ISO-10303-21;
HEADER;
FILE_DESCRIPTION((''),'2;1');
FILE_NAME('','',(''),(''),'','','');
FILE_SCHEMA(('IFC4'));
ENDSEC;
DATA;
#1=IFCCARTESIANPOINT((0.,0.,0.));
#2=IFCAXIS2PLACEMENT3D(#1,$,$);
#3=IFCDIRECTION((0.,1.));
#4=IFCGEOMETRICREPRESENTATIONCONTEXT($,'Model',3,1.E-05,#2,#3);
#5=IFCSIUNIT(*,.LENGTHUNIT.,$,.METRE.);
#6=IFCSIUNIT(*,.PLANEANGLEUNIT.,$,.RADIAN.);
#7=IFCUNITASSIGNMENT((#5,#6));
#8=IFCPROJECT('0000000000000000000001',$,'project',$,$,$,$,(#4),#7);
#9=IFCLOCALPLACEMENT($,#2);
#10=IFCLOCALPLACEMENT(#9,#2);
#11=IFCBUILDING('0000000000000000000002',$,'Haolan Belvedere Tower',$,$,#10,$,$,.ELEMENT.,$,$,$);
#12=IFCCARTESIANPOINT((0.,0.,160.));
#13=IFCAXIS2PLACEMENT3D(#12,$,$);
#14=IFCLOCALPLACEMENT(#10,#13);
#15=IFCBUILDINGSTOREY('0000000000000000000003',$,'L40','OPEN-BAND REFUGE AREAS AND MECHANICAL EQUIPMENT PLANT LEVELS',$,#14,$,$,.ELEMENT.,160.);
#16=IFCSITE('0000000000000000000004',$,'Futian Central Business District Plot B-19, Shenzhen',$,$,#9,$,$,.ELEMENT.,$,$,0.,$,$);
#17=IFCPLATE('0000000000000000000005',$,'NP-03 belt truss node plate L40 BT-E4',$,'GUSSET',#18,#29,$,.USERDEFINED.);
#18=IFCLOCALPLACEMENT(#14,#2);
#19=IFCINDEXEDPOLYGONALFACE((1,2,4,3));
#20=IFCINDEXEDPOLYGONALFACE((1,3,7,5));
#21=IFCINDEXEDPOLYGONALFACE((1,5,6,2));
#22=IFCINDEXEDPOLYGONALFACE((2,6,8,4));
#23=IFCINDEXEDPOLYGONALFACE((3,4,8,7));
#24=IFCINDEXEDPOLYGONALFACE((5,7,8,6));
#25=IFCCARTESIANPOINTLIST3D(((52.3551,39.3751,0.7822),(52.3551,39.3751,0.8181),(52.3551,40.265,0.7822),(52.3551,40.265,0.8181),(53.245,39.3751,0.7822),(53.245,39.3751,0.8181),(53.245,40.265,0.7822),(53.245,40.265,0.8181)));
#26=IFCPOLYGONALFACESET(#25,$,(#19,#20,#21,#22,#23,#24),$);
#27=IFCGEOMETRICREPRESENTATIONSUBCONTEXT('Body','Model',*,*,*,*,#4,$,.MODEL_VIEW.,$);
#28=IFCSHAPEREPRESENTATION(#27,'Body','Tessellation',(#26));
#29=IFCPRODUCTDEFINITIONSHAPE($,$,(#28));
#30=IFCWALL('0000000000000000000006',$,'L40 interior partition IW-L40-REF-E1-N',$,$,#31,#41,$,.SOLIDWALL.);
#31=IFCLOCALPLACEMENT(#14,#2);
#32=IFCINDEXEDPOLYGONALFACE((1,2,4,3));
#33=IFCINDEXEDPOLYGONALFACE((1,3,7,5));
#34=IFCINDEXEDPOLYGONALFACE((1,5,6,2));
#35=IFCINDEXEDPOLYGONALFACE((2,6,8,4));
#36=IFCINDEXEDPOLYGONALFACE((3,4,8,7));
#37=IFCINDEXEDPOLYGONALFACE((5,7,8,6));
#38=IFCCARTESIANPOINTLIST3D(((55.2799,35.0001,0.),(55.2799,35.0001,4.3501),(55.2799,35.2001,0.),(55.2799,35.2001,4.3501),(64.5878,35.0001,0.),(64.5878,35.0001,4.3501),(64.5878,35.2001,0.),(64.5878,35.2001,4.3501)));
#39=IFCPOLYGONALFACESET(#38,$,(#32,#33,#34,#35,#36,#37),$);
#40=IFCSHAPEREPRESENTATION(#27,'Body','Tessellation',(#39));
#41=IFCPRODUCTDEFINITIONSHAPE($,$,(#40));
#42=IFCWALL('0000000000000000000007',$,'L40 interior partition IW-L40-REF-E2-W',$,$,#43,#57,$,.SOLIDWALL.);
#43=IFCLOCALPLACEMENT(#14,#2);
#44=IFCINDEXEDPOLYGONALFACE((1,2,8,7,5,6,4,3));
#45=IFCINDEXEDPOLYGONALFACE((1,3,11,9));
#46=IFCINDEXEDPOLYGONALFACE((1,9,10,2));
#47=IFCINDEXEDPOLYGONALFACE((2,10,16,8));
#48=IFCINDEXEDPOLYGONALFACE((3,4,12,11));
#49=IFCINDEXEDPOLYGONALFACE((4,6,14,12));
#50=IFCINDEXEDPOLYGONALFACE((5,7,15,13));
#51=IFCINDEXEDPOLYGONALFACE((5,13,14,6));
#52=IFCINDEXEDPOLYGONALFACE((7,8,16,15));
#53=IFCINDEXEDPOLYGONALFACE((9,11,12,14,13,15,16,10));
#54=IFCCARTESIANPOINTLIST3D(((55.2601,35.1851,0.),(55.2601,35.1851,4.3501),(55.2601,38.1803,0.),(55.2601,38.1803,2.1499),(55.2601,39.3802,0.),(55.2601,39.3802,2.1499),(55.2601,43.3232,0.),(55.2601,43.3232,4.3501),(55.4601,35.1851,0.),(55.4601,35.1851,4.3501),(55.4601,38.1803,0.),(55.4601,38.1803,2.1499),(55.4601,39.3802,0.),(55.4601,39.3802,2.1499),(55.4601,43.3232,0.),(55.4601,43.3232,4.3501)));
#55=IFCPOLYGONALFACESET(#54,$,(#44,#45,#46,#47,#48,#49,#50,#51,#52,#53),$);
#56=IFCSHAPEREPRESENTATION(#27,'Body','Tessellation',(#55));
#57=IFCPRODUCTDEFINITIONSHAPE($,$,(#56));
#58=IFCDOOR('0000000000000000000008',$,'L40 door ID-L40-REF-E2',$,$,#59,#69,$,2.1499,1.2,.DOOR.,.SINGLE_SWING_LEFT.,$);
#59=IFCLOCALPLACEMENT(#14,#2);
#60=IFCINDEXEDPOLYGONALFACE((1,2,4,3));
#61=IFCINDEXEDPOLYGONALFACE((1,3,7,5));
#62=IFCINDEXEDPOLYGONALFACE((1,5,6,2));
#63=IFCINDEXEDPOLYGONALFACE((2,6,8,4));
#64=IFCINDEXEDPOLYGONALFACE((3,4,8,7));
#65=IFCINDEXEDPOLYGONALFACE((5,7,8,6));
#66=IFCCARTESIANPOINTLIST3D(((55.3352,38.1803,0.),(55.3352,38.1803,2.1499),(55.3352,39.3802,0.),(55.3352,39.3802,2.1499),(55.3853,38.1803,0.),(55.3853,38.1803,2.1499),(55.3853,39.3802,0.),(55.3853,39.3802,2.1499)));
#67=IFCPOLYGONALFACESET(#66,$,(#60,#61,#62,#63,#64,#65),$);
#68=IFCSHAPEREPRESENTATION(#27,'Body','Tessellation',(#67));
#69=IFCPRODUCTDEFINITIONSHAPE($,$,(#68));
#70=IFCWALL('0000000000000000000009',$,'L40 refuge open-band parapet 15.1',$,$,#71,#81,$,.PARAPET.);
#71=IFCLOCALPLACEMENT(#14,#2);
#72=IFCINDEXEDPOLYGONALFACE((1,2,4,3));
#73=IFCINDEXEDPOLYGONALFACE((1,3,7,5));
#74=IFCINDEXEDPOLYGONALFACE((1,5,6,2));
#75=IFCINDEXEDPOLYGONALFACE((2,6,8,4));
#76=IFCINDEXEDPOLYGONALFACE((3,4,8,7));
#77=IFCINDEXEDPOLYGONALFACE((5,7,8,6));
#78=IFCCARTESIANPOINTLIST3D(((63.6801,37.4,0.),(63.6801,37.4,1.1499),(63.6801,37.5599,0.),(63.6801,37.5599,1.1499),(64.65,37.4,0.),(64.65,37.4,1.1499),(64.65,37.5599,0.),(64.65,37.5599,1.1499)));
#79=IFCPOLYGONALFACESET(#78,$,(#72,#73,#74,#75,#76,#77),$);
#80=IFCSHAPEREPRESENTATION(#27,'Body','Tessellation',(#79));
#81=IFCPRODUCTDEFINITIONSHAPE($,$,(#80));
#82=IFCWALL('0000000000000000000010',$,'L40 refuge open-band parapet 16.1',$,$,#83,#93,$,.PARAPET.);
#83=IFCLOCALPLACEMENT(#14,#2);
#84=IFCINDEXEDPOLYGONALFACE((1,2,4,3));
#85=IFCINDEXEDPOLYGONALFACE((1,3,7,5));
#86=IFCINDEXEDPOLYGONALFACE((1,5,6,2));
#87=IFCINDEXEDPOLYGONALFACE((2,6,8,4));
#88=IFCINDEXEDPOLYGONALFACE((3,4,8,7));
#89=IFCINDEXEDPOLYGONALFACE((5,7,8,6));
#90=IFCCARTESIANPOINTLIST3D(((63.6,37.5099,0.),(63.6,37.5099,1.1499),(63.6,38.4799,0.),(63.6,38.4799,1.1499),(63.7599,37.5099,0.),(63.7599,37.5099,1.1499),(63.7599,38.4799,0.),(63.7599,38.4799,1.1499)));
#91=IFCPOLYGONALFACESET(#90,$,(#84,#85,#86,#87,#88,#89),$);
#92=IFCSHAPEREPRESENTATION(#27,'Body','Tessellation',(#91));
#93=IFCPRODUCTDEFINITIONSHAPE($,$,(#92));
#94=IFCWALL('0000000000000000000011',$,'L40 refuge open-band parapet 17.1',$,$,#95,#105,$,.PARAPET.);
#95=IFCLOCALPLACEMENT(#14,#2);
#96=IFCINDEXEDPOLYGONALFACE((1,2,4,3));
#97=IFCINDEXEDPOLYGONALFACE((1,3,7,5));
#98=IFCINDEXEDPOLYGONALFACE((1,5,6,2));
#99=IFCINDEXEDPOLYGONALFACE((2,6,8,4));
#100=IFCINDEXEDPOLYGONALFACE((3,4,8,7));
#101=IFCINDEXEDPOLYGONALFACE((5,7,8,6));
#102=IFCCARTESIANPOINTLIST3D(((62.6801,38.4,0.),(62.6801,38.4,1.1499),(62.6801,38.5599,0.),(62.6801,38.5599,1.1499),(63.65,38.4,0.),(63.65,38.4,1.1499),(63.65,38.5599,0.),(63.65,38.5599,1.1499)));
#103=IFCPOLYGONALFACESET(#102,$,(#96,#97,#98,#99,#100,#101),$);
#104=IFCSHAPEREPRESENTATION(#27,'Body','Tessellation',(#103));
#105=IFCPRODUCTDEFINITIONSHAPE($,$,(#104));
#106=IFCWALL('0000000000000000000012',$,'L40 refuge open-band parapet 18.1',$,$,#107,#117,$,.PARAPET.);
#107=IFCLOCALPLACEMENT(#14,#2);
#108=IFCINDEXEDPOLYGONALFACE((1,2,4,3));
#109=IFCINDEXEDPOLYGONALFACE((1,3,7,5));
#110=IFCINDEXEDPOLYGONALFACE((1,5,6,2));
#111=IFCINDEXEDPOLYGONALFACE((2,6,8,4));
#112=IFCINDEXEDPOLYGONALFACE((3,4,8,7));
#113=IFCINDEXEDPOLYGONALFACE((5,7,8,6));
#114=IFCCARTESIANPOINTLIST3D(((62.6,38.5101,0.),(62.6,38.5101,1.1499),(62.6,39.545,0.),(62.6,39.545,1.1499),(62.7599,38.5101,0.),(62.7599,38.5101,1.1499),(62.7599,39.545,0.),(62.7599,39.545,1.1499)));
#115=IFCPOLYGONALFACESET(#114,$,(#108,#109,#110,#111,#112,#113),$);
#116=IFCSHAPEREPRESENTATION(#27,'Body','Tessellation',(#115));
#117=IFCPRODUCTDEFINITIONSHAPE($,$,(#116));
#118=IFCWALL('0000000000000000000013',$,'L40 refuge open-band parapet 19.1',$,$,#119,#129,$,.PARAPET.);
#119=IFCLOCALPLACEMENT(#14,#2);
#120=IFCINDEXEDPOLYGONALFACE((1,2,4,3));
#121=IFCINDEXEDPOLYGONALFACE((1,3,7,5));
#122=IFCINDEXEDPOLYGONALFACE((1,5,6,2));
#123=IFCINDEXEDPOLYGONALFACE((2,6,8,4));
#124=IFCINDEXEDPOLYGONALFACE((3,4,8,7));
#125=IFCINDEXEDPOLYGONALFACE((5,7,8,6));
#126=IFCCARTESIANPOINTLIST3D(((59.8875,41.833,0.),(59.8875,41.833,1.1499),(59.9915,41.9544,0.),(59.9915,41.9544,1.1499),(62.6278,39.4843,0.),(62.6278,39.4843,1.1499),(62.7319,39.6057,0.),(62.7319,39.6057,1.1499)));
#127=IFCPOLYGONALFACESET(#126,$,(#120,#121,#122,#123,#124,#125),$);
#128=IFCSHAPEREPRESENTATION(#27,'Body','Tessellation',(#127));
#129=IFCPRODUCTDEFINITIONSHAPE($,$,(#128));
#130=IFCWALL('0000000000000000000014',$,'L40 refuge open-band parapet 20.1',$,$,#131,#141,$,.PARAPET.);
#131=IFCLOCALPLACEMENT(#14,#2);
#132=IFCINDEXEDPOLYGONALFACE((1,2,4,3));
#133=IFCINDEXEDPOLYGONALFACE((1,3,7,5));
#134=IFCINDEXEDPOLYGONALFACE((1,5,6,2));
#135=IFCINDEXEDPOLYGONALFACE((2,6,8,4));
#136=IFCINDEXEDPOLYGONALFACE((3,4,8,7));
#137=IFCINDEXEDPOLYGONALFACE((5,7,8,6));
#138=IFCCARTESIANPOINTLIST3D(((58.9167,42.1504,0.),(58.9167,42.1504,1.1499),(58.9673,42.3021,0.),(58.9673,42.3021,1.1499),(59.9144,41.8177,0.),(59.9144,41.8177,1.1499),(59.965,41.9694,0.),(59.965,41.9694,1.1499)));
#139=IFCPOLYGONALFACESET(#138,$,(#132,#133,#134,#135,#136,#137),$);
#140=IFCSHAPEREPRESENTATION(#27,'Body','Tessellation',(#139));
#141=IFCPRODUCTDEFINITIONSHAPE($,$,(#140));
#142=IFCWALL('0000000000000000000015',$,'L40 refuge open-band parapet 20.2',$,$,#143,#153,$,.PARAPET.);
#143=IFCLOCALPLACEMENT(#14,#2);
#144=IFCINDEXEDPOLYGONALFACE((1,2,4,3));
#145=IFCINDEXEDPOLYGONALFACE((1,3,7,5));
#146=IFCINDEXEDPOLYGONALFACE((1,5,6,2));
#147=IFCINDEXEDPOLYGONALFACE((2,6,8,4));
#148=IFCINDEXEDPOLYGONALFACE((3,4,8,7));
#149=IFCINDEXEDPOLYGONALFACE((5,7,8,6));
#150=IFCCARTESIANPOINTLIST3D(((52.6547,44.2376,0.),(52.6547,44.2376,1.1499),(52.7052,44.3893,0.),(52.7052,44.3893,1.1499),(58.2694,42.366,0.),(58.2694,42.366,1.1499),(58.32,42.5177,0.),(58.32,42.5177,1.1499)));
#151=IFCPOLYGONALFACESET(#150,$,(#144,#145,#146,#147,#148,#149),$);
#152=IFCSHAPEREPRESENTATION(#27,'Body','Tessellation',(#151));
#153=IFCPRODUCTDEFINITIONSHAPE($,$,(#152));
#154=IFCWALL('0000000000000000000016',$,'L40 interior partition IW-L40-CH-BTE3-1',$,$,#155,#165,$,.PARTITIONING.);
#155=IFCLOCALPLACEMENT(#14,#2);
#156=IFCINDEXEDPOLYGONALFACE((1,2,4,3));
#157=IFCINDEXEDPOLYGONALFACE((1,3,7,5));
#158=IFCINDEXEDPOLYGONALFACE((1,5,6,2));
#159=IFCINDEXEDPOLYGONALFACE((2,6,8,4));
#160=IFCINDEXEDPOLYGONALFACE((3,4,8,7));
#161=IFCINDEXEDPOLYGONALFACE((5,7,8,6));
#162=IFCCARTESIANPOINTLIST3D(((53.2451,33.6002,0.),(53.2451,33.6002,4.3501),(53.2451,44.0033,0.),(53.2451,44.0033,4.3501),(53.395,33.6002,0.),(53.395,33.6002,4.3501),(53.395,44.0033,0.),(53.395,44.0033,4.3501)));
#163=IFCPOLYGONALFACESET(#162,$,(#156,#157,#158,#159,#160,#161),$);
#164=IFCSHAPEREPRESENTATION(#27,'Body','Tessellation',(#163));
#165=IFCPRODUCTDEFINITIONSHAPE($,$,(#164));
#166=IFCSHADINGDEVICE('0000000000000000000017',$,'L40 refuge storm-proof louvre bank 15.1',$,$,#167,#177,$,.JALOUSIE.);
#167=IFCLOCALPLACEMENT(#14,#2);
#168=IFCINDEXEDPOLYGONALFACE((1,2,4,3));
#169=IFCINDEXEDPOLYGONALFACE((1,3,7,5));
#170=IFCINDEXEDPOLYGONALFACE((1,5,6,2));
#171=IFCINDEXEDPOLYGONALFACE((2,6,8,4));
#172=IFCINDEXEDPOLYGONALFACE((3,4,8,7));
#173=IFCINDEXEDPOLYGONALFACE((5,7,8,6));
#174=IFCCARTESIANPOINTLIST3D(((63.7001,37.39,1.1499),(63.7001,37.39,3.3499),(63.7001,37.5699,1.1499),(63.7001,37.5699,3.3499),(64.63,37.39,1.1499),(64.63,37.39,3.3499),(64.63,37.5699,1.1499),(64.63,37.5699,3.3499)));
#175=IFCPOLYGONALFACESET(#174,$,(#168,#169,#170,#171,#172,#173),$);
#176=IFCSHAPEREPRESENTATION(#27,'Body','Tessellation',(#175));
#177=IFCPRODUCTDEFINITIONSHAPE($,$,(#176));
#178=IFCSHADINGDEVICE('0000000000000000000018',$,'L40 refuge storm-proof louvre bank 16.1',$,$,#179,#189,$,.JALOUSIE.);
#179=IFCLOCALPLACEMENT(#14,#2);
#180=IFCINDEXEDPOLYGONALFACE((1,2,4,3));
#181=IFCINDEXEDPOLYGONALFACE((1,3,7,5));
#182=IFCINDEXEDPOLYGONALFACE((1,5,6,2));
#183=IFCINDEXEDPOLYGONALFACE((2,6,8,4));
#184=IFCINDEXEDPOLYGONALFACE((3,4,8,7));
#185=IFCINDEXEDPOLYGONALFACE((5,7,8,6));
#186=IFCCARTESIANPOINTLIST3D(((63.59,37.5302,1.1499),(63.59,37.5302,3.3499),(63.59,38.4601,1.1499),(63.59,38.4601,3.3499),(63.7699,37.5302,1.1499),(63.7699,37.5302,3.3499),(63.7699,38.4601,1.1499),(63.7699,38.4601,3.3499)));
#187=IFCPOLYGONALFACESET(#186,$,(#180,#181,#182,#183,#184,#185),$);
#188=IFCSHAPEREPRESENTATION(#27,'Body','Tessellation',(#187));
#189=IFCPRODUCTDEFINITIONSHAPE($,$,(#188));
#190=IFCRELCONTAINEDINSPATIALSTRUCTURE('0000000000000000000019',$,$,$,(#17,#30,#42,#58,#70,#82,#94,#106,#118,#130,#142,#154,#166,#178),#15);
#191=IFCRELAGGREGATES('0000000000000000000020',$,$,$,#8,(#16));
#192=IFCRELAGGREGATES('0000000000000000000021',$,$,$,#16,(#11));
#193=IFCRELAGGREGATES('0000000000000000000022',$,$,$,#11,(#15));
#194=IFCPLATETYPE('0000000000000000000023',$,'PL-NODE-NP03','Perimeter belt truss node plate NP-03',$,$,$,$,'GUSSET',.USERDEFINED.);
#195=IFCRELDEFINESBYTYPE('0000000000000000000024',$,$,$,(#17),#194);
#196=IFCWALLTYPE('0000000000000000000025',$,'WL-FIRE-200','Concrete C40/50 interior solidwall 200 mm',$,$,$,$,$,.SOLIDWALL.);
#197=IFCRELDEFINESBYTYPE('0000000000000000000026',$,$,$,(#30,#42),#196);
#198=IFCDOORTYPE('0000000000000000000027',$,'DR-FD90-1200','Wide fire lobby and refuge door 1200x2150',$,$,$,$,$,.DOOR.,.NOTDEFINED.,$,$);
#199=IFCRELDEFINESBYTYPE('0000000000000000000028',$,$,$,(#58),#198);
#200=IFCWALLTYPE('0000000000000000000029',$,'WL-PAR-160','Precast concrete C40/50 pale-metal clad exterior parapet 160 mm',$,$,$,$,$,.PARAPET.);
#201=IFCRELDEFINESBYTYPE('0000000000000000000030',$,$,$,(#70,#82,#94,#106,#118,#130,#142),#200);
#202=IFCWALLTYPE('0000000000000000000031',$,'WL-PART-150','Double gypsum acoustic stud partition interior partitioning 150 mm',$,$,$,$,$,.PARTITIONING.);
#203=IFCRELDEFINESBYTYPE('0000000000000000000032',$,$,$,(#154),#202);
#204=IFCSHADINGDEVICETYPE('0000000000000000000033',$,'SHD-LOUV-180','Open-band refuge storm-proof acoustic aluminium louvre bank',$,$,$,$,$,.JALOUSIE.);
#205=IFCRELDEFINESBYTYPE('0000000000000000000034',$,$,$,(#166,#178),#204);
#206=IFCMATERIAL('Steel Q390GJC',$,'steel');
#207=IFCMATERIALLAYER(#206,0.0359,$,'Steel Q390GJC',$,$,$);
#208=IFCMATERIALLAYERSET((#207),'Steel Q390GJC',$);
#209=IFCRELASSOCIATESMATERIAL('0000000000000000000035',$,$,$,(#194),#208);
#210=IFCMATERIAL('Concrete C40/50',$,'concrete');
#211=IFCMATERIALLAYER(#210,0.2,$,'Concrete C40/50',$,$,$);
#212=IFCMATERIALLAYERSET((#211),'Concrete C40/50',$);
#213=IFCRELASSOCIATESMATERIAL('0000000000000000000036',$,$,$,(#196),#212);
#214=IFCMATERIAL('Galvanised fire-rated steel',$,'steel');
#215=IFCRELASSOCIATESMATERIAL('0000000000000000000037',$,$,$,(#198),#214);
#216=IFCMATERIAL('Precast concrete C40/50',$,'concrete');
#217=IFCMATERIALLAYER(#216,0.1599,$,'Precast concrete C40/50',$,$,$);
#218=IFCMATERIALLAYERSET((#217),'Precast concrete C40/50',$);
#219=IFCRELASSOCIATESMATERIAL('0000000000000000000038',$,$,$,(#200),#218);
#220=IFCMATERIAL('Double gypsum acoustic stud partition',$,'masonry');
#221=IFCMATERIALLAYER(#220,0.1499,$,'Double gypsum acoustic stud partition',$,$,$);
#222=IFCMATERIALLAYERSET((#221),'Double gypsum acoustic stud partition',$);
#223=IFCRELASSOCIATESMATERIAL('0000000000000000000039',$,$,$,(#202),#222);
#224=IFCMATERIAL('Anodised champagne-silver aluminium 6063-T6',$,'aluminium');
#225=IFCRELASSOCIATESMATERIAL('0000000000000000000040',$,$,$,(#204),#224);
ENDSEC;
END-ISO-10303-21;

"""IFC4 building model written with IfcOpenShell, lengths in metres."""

from ifc_helpers import new_model, si_unit, direction, frame, frame_2d, origin, origin_2d, place, context, subcontext, project, spatial, rectangle, extrude, material, layer, layer_set, type_object, element, fill, save


model = new_model("IFC4")

# Units and contexts
model_context = context("Model", 3, precision=1e-05, world=origin(), true_north=direction((0.0, 1.0)))
body_context = subcontext(model_context, "Body", "Model", "MODEL_VIEW")
ifc_project = project(units=[si_unit("LENGTHUNIT", "METRE"), si_unit("PLANEANGLEUNIT", "RADIAN")], contexts=[model_context])

# Site, building, storey
site_placement = place(None, origin())
site = spatial("IfcSite", under=ifc_project, at=site_placement, Name="Futian Central Business District Plot B-19, Shenzhen", CompositionType="ELEMENT", RefElevation=0.0)
building_placement = place(site_placement, origin())
building = spatial("IfcBuilding", under=site, at=building_placement, Name="Haolan Belvedere Tower", CompositionType="ELEMENT")
storey_placement = place(building_placement, frame((0.0, 0.0, 160.0)))
storey = spatial("IfcBuildingStorey", under=building, at=storey_placement, Name="L40", Description="OPEN-BAND REFUGE AREAS AND MECHANICAL EQUIPMENT PLANT LEVELS", CompositionType="ELEMENT", Elevation=160.0)

# Shared definitions
ifc_material_1 = material(Name="Steel Q390GJC", Category="steel")

# Plate
ifc_layer_1 = layer(ifc_material_1, 0.0359, Name="Steel Q390GJC")
ifc_layer_set_1 = layer_set([ifc_layer_1], Name="Steel Q390GJC")
plate_type_1 = type_object("IfcPlateType", Name="PL-NODE-NP03", Description="Perimeter belt truss node plate NP-03", ElementType="GUSSET", PredefinedType="USERDEFINED", material=ifc_layer_set_1)
plate_1_placement = place(storey_placement, frame((52.8, 39.8201, 0.7822), z_axis=(0.0, 0.0, 1.0), x_axis=(1.0, 0.0, 0.0)))
element("IfcPlate", 1, at=plate_1_placement, inside=storey, type_object=plate_type_1, Name="NP-03 belt truss node plate L40 BT-E4", ObjectType="GUSSET", PredefinedType="USERDEFINED", context=body_context, shape_type="SweptSolid", body=[
    extrude(rectangle(XDim=0.8899, YDim=0.8899, at=origin_2d()), origin(), (0.0, 0.0, 1.0), 0.0359),
])

# Wall
ifc_material_2 = material(Name="Concrete C40/50", Category="concrete")
ifc_layer_2 = layer(ifc_material_2, 0.2, Name="Concrete C40/50")
ifc_layer_set_2 = layer_set([ifc_layer_2], Name="Concrete C40/50")
wall_type_1 = type_object("IfcWallType", Name="WL-FIRE-200", Description="Concrete C40/50 interior solidwall 200 mm", PredefinedType="SOLIDWALL", material=ifc_layer_set_2)
wall_1_placement = place(storey_placement, frame((55.28, 35.1001, 0.0), z_axis=(0.0, 0.0, 1.0), x_axis=(1.0, 0.0, 0.0)))
element("IfcWall", 2, at=wall_1_placement, inside=storey, type_object=wall_type_1, Name="L40 interior partition IW-L40-REF-E1-N", PredefinedType="SOLIDWALL", context=body_context, shape_type="SweptSolid", body=[
    extrude(rectangle(XDim=9.3079, YDim=0.2, at=frame_2d((4.6538, 0.0))), origin(), (0.0, 0.0, 1.0), 4.3501),
])

# Wall, opening, door
wall_2_placement = place(storey_placement, frame((55.3601, 35.1851, 0.0), z_axis=(0.0, 0.0, 1.0), x_axis=(0.0, 1.0, 0.0)))
wall_2 = element("IfcWall", 3, at=wall_2_placement, inside=storey, type_object=wall_type_1, Name="L40 interior partition IW-L40-REF-E2-W", PredefinedType="SOLIDWALL", context=body_context, shape_type="SweptSolid", body=[
    extrude(rectangle(XDim=8.1382, YDim=0.2, at=frame_2d((4.0691, 0.0))), origin(), (0.0, 0.0, 1.0), 4.3501),
])
opening_placement = place(wall_2_placement, frame((2.9951, 0.0, 0.0)))
opening = element("IfcOpeningElement", 4, at=opening_placement, cuts=wall_2, PredefinedType="OPENING", context=body_context, shape_type="SweptSolid", body=[
    extrude(rectangle(XDim=1.2, YDim=2.1499, at=frame_2d((0.6001, 1.075))), frame((0.0, 0.1099, 0.0), z_axis=(0.0, -1.0, 0.0), x_axis=(1.0, 0.0, 0.0)), (0.0, 0.0, 1.0), 0.22),
])
ifc_material_3 = material(Name="Galvanised fire-rated steel", Category="steel")
door_type = type_object("IfcDoorType", Name="DR-FD90-1200", Description="Wide fire lobby and refuge door 1200x2150", OperationType="NOTDEFINED", PredefinedType="DOOR", material=ifc_material_3)
door_placement = place(opening_placement, origin())
door = element("IfcDoor", 5, at=door_placement, inside=storey, type_object=door_type, Name="L40 door ID-L40-REF-E2", OperationType="SINGLE_SWING_LEFT", OverallHeight=2.1499, OverallWidth=1.2, PredefinedType="DOOR", context=body_context, shape_type="SweptSolid", body=[
    extrude(rectangle(XDim=1.2, YDim=2.1499, at=frame_2d((0.6001, 1.075))), frame((0.0, 0.0249, 0.0), z_axis=(0.0, -1.0, 0.0), x_axis=(1.0, 0.0, 0.0)), (0.0, 0.0, 1.0), 0.05),
])
fill(opening, door)

# Walls
ifc_material_4 = material(Name="Precast concrete C40/50", Category="concrete")
ifc_layer_3 = layer(ifc_material_4, 0.1599, Name="Precast concrete C40/50")
ifc_layer_set_3 = layer_set([ifc_layer_3], Name="Precast concrete C40/50")
wall_type_2 = type_object("IfcWallType", Name="WL-PAR-160", Description="Precast concrete C40/50 pale-metal clad exterior parapet 160 mm", PredefinedType="PARAPET", material=ifc_layer_set_3)
for number, where, z_axis, x_axis, name in (
    (6, (64.6499, 37.48, 0.0), (0.0, 0.0, 1.0), (-1.0, 0.0, 0.0), "L40 refuge open-band parapet 15.1"),
    (7, (63.6799, 37.51, 0.0), (0.0, 0.0, 1.0), (0.0, 1.0, 0.0), "L40 refuge open-band parapet 16.1"),
    (8, (63.6499, 38.48, 0.0), (0.0, 0.0, 1.0), (-1.0, 0.0, 0.0), "L40 refuge open-band parapet 17.1"),
):
    element("IfcWall", number, at=place(storey_placement, frame(where, z_axis=z_axis, x_axis=x_axis)), inside=storey, type_object=wall_type_2, Name=name, PredefinedType="PARAPET", context=body_context, shape_type="SweptSolid", body=[
        extrude(rectangle(XDim=0.97, YDim=0.1599, at=frame_2d((0.4849, 0.0))), origin(), (0.0, 0.0, 1.0), 1.1499),
    ])
wall_3_placement = place(storey_placement, frame((62.6799, 38.51, 0.0), z_axis=(0.0, 0.0, 1.0), x_axis=(0.0, 1.0, 0.0)))
element("IfcWall", 9, at=wall_3_placement, inside=storey, type_object=wall_type_2, Name="L40 refuge open-band parapet 18.1", PredefinedType="PARAPET", context=body_context, shape_type="SweptSolid", body=[
    extrude(rectangle(XDim=1.0349, YDim=0.1599, at=frame_2d((0.5176, 0.0))), origin(), (0.0, 0.0, 1.0), 1.1499),
])
wall_4_placement = place(storey_placement, frame((62.6799, 39.5449, 0.0), z_axis=(0.0, 0.0, 1.0), x_axis=(-0.759276, 0.650769, 0.0)))
element("IfcWall", 10, at=wall_4_placement, inside=storey, type_object=wall_type_2, Name="L40 refuge open-band parapet 19.1", PredefinedType="PARAPET", context=body_context, shape_type="SweptSolid", body=[
    extrude(rectangle(XDim=3.6091, YDim=0.1599, at=frame_2d((1.8047, 0.0))), origin(), (0.0, 0.0, 1.0), 1.1499),
])
wall_5_placement = place(storey_placement, frame((59.9397, 41.8936, 0.0), z_axis=(0.0, 0.0, 1.0), x_axis=(-0.948637, 0.316367, 0.0)))
element("IfcWall", 11, at=wall_5_placement, inside=storey, type_object=wall_type_2, Name="L40 refuge open-band parapet 20.1", PredefinedType="PARAPET", context=body_context, shape_type="SweptSolid", body=[
    extrude(rectangle(XDim=1.0518, YDim=0.1599, at=frame_2d((0.5259, 0.0))), origin(), (0.0, 0.0, 1.0), 1.1499),
])
wall_6_placement = place(storey_placement, frame((58.2947, 42.4419, 0.0), z_axis=(0.0, 0.0, 1.0), x_axis=(-0.948683, 0.316228, 0.0)))
element("IfcWall", 12, at=wall_6_placement, inside=storey, type_object=wall_type_2, Name="L40 refuge open-band parapet 20.2", PredefinedType="PARAPET", context=body_context, shape_type="SweptSolid", body=[
    extrude(rectangle(XDim=5.9185, YDim=0.1599, at=frame_2d((2.9592, 0.0))), origin(), (0.0, 0.0, 1.0), 1.1499),
])
ifc_material_5 = material(Name="Double gypsum acoustic stud partition", Category="masonry")
ifc_layer_4 = layer(ifc_material_5, 0.1499, Name="Double gypsum acoustic stud partition")
ifc_layer_set_4 = layer_set([ifc_layer_4], Name="Double gypsum acoustic stud partition")
wall_type_3 = type_object("IfcWallType", Name="WL-PART-150", Description="Double gypsum acoustic stud partition interior partitioning 150 mm", PredefinedType="PARTITIONING", material=ifc_layer_set_4)
wall_7_placement = place(storey_placement, frame((53.3201, 33.6001, 0.0), z_axis=(0.0, 0.0, 1.0), x_axis=(0.0, 1.0, 0.0)))
element("IfcWall", 13, at=wall_7_placement, inside=storey, type_object=wall_type_3, Name="L40 interior partition IW-L40-CH-BTE3-1", PredefinedType="PARTITIONING", context=body_context, shape_type="SweptSolid", body=[
    extrude(rectangle(XDim=10.4031, YDim=0.1499, at=frame_2d((5.2017, 0.0))), origin(), (0.0, 0.0, 1.0), 4.3501),
])

# Shading devices
ifc_material_6 = material(Name="Anodised champagne-silver aluminium 6063-T6", Category="aluminium")
shading_device_type = type_object("IfcShadingDeviceType", Name="SHD-LOUV-180", Description="Open-band refuge storm-proof acoustic aluminium louvre bank", PredefinedType="JALOUSIE", material=ifc_material_6)
for number, where, z_axis, x_axis, name in (
    (14, (64.165, 37.48, 1.1499), (0.0, 0.0, 1.0), (-1.0, 0.0, 0.0), "L40 refuge storm-proof louvre bank 15.1"),
    (15, (63.6799, 37.9951, 1.1499), (0.0, 0.0, 1.0), (0.0, 1.0, 0.0), "L40 refuge storm-proof louvre bank 16.1"),
):
    element("IfcShadingDevice", number, at=place(storey_placement, frame(where, z_axis=z_axis, x_axis=x_axis)), inside=storey, type_object=shading_device_type, Name=name, PredefinedType="JALOUSIE", context=body_context, shape_type="SweptSolid", body=[
        extrude(rectangle(XDim=0.9299, YDim=0.1799, at=origin_2d()), origin(), (0.0, 0.0, 1.0), 2.2),
    ])

save(model, "model.ifc")
